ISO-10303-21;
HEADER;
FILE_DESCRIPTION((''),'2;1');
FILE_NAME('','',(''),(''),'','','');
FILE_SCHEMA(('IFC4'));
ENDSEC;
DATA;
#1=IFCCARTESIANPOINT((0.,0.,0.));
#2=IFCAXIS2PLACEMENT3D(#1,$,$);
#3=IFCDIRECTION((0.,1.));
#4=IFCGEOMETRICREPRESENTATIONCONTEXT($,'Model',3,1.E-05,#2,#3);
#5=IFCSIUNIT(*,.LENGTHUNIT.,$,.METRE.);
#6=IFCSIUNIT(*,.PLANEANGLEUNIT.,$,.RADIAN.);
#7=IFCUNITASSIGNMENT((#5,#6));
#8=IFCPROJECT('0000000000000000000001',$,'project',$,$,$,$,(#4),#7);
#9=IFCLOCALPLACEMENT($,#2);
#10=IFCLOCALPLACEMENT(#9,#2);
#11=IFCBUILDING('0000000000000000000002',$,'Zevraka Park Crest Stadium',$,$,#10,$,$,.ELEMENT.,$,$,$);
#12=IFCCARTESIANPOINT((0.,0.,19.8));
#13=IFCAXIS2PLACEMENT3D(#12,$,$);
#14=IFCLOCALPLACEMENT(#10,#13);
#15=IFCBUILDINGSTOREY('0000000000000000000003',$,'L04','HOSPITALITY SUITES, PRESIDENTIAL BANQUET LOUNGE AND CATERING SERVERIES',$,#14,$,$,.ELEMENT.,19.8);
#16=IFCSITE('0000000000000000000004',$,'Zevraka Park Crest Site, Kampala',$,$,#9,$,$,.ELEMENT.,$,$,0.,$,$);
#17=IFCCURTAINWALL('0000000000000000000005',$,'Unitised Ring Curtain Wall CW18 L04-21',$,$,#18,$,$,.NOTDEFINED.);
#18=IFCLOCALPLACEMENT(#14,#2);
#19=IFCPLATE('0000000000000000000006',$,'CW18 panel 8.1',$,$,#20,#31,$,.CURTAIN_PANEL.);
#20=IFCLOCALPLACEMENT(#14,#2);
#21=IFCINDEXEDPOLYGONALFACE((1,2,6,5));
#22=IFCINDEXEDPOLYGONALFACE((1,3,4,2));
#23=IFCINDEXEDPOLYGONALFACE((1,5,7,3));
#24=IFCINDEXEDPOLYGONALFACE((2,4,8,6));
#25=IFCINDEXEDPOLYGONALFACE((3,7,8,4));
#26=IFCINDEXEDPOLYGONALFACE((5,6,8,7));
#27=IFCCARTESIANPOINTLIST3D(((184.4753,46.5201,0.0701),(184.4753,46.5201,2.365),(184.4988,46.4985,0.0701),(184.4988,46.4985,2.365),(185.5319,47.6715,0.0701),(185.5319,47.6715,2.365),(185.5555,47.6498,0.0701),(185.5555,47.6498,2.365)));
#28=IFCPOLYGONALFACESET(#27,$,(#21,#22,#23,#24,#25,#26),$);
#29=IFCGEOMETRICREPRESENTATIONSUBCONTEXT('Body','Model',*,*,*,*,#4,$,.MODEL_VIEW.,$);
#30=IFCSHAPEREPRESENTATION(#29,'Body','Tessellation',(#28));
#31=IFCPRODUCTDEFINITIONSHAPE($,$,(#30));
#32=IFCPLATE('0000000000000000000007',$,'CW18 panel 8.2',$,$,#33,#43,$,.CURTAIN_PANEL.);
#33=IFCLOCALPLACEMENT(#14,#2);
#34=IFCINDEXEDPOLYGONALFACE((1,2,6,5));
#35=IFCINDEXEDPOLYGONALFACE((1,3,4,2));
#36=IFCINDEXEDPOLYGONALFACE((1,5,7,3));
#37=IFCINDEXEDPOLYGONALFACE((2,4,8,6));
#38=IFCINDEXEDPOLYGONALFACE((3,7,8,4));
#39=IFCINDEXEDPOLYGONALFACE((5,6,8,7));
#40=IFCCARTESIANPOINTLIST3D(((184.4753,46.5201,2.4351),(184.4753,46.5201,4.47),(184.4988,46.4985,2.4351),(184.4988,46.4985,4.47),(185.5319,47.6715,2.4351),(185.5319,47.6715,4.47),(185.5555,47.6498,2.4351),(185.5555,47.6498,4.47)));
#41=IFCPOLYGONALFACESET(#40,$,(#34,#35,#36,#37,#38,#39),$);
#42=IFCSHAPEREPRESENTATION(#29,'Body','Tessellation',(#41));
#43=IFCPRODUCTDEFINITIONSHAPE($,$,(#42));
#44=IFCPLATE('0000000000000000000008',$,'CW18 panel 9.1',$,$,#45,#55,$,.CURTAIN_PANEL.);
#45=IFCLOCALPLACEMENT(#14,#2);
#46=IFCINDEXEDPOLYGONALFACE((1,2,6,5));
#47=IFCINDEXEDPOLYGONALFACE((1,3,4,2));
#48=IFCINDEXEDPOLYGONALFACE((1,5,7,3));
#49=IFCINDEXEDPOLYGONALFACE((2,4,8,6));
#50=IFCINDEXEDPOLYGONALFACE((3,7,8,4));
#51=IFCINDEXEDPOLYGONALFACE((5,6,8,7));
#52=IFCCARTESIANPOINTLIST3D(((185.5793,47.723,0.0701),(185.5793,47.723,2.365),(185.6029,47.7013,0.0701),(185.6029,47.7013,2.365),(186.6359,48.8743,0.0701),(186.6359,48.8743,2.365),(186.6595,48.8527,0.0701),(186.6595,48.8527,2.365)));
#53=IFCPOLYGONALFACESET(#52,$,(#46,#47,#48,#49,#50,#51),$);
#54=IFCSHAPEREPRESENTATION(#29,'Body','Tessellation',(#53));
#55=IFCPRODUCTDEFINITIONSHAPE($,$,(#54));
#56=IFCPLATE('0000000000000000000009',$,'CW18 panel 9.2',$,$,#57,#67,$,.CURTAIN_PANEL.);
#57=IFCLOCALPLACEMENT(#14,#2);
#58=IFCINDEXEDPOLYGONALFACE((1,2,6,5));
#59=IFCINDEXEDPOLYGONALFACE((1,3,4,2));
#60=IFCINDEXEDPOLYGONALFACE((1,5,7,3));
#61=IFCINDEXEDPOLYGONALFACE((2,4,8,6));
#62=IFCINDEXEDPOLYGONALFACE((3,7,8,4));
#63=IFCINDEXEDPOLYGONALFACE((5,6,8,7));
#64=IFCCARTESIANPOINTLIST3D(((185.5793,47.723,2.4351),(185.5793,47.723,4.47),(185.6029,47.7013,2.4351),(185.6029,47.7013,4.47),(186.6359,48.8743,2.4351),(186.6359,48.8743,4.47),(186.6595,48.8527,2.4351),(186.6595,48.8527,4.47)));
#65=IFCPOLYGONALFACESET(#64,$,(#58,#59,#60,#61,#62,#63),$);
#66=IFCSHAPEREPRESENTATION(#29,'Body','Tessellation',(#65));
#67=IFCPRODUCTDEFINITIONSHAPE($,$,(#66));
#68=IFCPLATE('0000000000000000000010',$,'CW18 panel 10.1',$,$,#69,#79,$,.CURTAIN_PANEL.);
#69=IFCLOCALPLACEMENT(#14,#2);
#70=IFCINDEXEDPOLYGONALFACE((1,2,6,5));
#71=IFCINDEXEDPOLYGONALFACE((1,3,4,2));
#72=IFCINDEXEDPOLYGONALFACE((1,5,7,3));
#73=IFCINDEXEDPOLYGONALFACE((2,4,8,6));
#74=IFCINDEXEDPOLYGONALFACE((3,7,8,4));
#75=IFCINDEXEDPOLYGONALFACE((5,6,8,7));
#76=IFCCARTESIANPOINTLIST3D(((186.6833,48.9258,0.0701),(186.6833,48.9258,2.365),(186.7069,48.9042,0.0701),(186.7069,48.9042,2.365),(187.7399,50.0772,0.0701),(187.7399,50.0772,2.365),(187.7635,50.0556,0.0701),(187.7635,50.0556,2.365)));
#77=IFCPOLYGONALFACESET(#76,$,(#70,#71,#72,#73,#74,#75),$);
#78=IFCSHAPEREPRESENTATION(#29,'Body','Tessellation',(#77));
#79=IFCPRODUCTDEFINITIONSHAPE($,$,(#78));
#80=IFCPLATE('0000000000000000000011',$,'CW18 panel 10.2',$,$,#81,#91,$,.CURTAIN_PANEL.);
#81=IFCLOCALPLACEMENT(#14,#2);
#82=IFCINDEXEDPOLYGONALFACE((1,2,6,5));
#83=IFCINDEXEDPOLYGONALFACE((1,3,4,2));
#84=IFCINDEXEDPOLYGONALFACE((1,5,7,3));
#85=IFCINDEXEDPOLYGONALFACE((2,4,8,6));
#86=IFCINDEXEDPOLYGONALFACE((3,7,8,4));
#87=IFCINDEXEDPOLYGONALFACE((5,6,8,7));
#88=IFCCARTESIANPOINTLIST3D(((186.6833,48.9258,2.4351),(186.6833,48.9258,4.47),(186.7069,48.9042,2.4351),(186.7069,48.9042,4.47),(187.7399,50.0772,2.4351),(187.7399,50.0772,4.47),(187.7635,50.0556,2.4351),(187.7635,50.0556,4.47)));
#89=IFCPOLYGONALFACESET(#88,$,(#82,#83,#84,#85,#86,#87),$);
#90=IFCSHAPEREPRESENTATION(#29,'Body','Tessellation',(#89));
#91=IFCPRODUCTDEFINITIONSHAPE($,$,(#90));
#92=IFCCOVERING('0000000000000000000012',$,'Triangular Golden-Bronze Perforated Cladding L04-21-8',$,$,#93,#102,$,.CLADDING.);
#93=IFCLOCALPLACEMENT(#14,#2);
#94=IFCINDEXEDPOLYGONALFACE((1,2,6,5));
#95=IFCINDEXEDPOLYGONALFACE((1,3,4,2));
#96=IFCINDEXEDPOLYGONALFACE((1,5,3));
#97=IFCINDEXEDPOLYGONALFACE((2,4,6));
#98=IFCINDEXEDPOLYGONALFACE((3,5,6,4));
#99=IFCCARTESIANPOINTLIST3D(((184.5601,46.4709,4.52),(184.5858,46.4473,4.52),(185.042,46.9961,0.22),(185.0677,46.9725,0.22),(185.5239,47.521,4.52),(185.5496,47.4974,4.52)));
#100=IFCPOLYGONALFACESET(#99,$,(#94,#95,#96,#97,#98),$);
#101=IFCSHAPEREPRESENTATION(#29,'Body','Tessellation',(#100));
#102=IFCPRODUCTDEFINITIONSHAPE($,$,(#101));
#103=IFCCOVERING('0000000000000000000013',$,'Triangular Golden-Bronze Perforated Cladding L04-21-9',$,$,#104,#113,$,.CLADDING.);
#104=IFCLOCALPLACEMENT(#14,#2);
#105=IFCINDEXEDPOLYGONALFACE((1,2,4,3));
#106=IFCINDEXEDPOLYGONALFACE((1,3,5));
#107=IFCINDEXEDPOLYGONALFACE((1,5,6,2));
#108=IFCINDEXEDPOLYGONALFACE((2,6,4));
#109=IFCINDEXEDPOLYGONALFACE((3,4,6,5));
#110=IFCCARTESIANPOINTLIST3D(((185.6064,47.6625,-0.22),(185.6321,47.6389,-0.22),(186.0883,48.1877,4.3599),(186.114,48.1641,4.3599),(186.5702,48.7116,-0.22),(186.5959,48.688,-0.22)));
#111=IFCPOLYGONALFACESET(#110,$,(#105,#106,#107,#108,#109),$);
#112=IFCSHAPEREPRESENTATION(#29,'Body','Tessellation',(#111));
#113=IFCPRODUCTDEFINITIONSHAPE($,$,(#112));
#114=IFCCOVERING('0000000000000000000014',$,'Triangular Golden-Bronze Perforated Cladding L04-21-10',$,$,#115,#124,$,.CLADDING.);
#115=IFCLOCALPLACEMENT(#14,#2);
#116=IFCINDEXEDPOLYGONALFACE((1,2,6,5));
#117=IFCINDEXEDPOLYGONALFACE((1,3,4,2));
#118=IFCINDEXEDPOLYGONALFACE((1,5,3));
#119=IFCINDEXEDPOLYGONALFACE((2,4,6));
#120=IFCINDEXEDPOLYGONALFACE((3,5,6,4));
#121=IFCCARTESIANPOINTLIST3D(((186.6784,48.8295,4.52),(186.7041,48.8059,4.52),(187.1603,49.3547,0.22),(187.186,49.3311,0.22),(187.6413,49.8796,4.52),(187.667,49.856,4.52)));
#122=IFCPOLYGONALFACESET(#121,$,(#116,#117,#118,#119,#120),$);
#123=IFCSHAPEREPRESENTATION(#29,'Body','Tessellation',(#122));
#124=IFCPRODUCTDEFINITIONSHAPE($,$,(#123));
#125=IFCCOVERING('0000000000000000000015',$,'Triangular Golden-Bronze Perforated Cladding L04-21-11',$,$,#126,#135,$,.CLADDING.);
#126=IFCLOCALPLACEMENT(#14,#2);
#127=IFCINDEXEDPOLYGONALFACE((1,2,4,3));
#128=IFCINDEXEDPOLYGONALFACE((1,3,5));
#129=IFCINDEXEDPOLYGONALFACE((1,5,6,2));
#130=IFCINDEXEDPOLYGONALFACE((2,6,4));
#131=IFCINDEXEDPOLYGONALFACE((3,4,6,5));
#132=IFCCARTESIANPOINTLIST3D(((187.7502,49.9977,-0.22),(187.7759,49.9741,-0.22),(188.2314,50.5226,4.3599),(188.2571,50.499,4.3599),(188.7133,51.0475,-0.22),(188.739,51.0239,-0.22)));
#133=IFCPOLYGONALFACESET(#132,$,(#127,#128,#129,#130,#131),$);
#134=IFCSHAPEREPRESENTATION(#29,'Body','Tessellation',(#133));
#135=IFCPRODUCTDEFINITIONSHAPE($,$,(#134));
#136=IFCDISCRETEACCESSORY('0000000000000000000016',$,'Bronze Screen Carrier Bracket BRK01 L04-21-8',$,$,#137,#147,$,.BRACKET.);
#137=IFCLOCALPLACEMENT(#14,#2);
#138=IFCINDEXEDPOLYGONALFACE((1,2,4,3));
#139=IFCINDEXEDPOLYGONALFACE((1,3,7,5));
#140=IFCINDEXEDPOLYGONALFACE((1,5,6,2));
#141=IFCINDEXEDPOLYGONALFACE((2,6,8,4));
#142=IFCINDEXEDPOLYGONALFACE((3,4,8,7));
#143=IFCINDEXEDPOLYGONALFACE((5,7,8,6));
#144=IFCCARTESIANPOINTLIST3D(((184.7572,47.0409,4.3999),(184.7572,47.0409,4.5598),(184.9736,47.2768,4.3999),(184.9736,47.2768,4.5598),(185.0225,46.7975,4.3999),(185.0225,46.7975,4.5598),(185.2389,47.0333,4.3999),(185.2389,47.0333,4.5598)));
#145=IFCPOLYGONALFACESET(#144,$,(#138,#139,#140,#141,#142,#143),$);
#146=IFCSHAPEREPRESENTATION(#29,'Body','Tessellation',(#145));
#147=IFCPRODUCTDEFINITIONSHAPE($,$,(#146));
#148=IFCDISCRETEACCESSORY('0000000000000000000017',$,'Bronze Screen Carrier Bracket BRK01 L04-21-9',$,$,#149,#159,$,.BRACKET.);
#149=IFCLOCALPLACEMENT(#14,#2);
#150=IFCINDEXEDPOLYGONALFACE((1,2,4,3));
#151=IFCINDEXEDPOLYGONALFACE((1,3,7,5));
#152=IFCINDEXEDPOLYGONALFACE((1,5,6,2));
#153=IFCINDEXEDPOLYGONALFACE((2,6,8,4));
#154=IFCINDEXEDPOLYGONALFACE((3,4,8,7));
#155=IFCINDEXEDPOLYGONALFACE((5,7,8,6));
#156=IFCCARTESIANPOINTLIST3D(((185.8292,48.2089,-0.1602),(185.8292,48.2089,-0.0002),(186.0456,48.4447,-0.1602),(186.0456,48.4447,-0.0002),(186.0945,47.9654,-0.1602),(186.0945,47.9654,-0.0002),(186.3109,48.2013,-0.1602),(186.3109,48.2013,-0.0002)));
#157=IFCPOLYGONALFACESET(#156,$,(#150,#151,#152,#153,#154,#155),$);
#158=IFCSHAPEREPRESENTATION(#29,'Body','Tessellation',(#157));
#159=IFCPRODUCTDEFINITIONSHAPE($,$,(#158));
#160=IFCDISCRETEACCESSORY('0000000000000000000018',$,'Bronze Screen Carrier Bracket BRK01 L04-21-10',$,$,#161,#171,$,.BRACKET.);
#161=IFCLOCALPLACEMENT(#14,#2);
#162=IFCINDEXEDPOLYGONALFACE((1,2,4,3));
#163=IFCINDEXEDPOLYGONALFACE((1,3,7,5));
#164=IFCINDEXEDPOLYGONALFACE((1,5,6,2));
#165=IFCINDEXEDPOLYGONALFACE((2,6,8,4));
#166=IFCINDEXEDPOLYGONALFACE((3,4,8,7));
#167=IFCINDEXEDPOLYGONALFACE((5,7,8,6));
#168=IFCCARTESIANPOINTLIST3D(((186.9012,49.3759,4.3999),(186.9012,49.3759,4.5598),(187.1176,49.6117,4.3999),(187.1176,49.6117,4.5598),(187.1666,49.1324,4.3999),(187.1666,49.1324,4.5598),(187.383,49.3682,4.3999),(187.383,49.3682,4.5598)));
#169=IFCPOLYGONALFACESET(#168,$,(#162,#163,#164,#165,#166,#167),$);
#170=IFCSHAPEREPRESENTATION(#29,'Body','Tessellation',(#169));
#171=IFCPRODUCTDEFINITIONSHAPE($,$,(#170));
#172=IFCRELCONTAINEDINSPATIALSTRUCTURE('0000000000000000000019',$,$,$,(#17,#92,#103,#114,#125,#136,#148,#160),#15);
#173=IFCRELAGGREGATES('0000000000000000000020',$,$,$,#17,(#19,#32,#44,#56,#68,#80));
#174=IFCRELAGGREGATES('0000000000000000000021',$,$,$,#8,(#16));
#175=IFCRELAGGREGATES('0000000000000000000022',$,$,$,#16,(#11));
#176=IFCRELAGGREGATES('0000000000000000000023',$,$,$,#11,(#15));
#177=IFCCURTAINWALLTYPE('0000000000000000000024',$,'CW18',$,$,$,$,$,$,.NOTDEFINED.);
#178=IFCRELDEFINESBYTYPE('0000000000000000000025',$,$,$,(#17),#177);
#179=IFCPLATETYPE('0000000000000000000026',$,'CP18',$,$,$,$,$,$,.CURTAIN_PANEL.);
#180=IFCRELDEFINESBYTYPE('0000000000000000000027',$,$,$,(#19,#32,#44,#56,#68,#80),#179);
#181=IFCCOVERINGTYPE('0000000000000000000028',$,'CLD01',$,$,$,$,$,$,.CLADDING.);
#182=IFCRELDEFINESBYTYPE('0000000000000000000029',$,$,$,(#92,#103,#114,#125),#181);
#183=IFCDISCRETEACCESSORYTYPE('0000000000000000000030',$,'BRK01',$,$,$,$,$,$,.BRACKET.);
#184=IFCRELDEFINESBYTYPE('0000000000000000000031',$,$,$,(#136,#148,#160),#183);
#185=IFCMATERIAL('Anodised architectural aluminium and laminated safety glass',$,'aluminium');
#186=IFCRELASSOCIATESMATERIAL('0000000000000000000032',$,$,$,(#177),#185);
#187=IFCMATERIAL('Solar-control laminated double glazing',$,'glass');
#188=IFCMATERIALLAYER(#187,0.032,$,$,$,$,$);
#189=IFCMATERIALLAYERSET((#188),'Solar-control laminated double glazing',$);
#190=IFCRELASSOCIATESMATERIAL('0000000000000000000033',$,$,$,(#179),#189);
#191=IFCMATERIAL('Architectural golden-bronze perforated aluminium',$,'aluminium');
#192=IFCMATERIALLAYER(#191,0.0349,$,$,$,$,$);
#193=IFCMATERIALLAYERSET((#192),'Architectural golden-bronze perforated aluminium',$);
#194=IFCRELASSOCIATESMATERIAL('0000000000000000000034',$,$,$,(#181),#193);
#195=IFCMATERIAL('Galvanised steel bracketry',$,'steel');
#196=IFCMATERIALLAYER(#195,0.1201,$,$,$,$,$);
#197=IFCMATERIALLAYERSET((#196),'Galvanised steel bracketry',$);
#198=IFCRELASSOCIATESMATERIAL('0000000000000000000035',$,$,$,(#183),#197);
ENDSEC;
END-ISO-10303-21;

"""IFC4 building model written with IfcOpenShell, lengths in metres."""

from ifc_helpers import new_model, si_unit, direction, frame, origin, origin_2d, place, context, subcontext, project, spatial, polyline, rectangle, outline, extrude, material, layer, layer_set, type_object, element, aggregate, save


model = new_model("IFC4")

# Units and contexts
model_context = context("Model", 3, precision=1e-05, world=origin(), true_north=direction((0.0, 1.0)))
body_context = subcontext(model_context, "Body", "Model", "MODEL_VIEW")
ifc_project = project(units=[si_unit("LENGTHUNIT", "METRE"), si_unit("PLANEANGLEUNIT", "RADIAN")], contexts=[model_context])

# Site, building, storey
site_placement = place(None, origin())
site = spatial("IfcSite", under=ifc_project, at=site_placement, Name="Zevraka Park Crest Site, Kampala", CompositionType="ELEMENT", RefElevation=0.0)
building_placement = place(site_placement, origin())
building = spatial("IfcBuilding", under=site, at=building_placement, Name="Zevraka Park Crest Stadium", CompositionType="ELEMENT")
storey_placement = place(building_placement, frame((0.0, 0.0, 19.8)))
storey = spatial("IfcBuildingStorey", under=building, at=storey_placement, Name="L04", Description="HOSPITALITY SUITES, PRESIDENTIAL BANQUET LOUNGE AND CATERING SERVERIES", CompositionType="ELEMENT", Elevation=19.8)

# Curtain wall, plates
ifc_material_1 = material(Name="Anodised architectural aluminium and laminated safety glass", Category="aluminium")
curtain_wall_type = type_object("IfcCurtainWallType", Name="CW18", PredefinedType="NOTDEFINED", material=ifc_material_1)
curtain_wall_placement = place(storey_placement, origin())
curtain_wall = element("IfcCurtainWall", 1, at=curtain_wall_placement, inside=storey, type_object=curtain_wall_type, Name="Unitised Ring Curtain Wall CW18 L04-21", PredefinedType="NOTDEFINED")
ifc_material_2 = material(Name="Solar-control laminated double glazing", Category="glass")
ifc_layer_1 = layer(ifc_material_2, 0.032)
ifc_layer_set_1 = layer_set([ifc_layer_1], Name="Solar-control laminated double glazing")
plate_type = type_object("IfcPlateType", Name="CP18", PredefinedType="CURTAIN_PANEL", material=ifc_layer_set_1)
plate_1_placement = place(storey_placement, frame((185.0154, 47.085, 0.0701), z_axis=(0.0, 0.0, 1.0), x_axis=(0.676138, 0.736775, 0.0)))
plate_1 = element("IfcPlate", 2, at=plate_1_placement, type_object=plate_type, Name="CW18 panel 8.1", PredefinedType="CURTAIN_PANEL", context=body_context, shape_type="SweptSolid", body=[
    extrude(rectangle(XDim=1.5627, YDim=0.032, at=origin_2d()), origin(), (0.0, 0.0, 1.0), 2.2949),
])
plate_2_placement = place(storey_placement, frame((185.0154, 47.085, 2.4351), z_axis=(0.0, 0.0, 1.0), x_axis=(0.676138, 0.736775, 0.0)))
plate_2 = element("IfcPlate", 3, at=plate_2_placement, type_object=plate_type, Name="CW18 panel 8.2", PredefinedType="CURTAIN_PANEL", context=body_context, shape_type="SweptSolid", body=[
    extrude(rectangle(XDim=1.5627, YDim=0.032, at=origin_2d()), origin(), (0.0, 0.0, 1.0), 2.0349),
])
plate_3_placement = place(storey_placement, frame((186.1194, 48.2878, 0.0701), z_axis=(0.0, 0.0, 1.0), x_axis=(0.676138, 0.736775, 0.0)))
plate_3 = element("IfcPlate", 4, at=plate_3_placement, type_object=plate_type, Name="CW18 panel 9.1", PredefinedType="CURTAIN_PANEL", context=body_context, shape_type="SweptSolid", body=[
    extrude(rectangle(XDim=1.5627, YDim=0.032, at=origin_2d()), origin(), (0.0, 0.0, 1.0), 2.2949),
])
plate_4_placement = place(storey_placement, frame((186.1194, 48.2878, 2.4351), z_axis=(0.0, 0.0, 1.0), x_axis=(0.676138, 0.736775, 0.0)))
plate_4 = element("IfcPlate", 5, at=plate_4_placement, type_object=plate_type, Name="CW18 panel 9.2", PredefinedType="CURTAIN_PANEL", context=body_context, shape_type="SweptSolid", body=[
    extrude(rectangle(XDim=1.5627, YDim=0.032, at=origin_2d()), origin(), (0.0, 0.0, 1.0), 2.0349),
])
plate_5_placement = place(storey_placement, frame((187.2234, 49.4907, 0.0701), z_axis=(0.0, 0.0, 1.0), x_axis=(0.676138, 0.736775, 0.0)))
plate_5 = element("IfcPlate", 6, at=plate_5_placement, type_object=plate_type, Name="CW18 panel 10.1", PredefinedType="CURTAIN_PANEL", context=body_context, shape_type="SweptSolid", body=[
    extrude(rectangle(XDim=1.5627, YDim=0.032, at=origin_2d()), origin(), (0.0, 0.0, 1.0), 2.2949),
])
plate_6_placement = place(storey_placement, frame((187.2234, 49.4907, 2.4351), z_axis=(0.0, 0.0, 1.0), x_axis=(0.676138, 0.736775, 0.0)))
plate_6 = element("IfcPlate", 7, at=plate_6_placement, type_object=plate_type, Name="CW18 panel 10.2", PredefinedType="CURTAIN_PANEL", context=body_context, shape_type="SweptSolid", body=[
    extrude(rectangle(XDim=1.5627, YDim=0.032, at=origin_2d()), origin(), (0.0, 0.0, 1.0), 2.0349),
])
aggregate(curtain_wall, [plate_1, plate_2, plate_3, plate_4, plate_5, plate_6])

# Coverings
ifc_material_3 = material(Name="Architectural golden-bronze perforated aluminium", Category="aluminium")
ifc_layer_2 = layer(ifc_material_3, 0.0349)
ifc_layer_set_2 = layer_set([ifc_layer_2], Name="Architectural golden-bronze perforated aluminium")
covering_type = type_object("IfcCoveringType", Name="CLD01", PredefinedType="CLADDING", material=ifc_layer_set_2)
covering_1_placement = place(storey_placement, frame((185.5239, 47.521, 4.52), z_axis=(-0.736692, 0.676229, 0.000019), x_axis=(-0.676229, -0.736692, 0.0)))
element("IfcCovering", 8, at=covering_1_placement, inside=storey, type_object=covering_type, Name="Triangular Golden-Bronze Perforated Cladding L04-21-8", PredefinedType="CLADDING", context=body_context, shape_type="SweptSolid", body=[
    extrude(outline(polyline([(0.0, 0.0), (1.4254, 0.0), (0.7126, -4.3), (0.0, 0.0)])), origin(), (0.0, 0.0, -1.0), 0.0349),
])
covering_2_placement = place(storey_placement, frame((185.6321, 47.6389, -0.22), z_axis=(0.736378, -0.67657, 0.00009), x_axis=(0.67657, 0.736378, 0.0)))
element("IfcCovering", 9, at=covering_2_placement, inside=storey, type_object=covering_type, Name="Triangular Golden-Bronze Perforated Cladding L04-21-9", PredefinedType="CLADDING", context=body_context, shape_type="SweptSolid", body=[
    extrude(outline(polyline([(0.0, 0.0), (1.4246, 0.0), (0.7128, 4.5798), (0.0, 0.0)])), origin(), (0.0, 0.0, -1.0), 0.0349),
])
covering_3_placement = place(storey_placement, frame((187.667, 49.856, 4.52), z_axis=(0.737033, -0.675857, 0.000065), x_axis=(-0.675857, -0.737033, 0.0)))
element("IfcCovering", 10, at=covering_3_placement, inside=storey, type_object=covering_type, Name="Triangular Golden-Bronze Perforated Cladding L04-21-10", PredefinedType="CLADDING", context=body_context, shape_type="SweptSolid", body=[
    extrude(outline(polyline([(0.0, 0.0), (1.4247, 0.0), (0.7119, 4.3), (0.0, 0.0)])), origin(), (0.0, 0.0, -1.0), 0.0349),
])
covering_4_placement = place(storey_placement, frame((187.7759, 49.9741, -0.22), z_axis=(0.73687, -0.676035, 0.000059), x_axis=(0.676035, 0.73687, 0.0)))
element("IfcCovering", 11, at=covering_4_placement, inside=storey, type_object=covering_type, Name="Triangular Golden-Bronze Perforated Cladding L04-21-11", PredefinedType="CLADDING", context=body_context, shape_type="SweptSolid", body=[
    extrude(outline(polyline([(0.0, 0.0), (1.4247, 0.0), (0.7121, 4.5798), (0.0, 0.0)])), origin(), (0.0, 0.0, -1.0), 0.0349),
])

# Discrete accessories
ifc_material_4 = material(Name="Galvanised steel bracketry", Category="steel")
ifc_layer_3 = layer(ifc_material_4, 0.1201)
ifc_layer_set_3 = layer_set([ifc_layer_3], Name="Galvanised steel bracketry")
discrete_accessory_type = type_object("IfcDiscreteAccessoryType", Name="BRK01", PredefinedType="BRACKET", material=ifc_layer_set_3)
for number, where, z_axis, x_axis, name in (
    (12, (184.998, 47.0371, 4.3999), (0.0, 0.0, 1.0), (0.676105, 0.736806, 0.0), "Bronze Screen Carrier Bracket BRK01 L04-21-8"),
    (13, (186.0701, 48.2051, -0.1602), (0.0, 0.0, 1.0), (0.676105, 0.736806, 0.0), "Bronze Screen Carrier Bracket BRK01 L04-21-9"),
    (14, (187.1421, 49.3721, 4.3999), (0.0, 0.0, 1.0), (0.676105, 0.736806, 0.0), "Bronze Screen Carrier Bracket BRK01 L04-21-10"),
):
    element("IfcDiscreteAccessory", number, at=place(storey_placement, frame(where, z_axis=z_axis, x_axis=x_axis)), inside=storey, type_object=discrete_accessory_type, Name=name, PredefinedType="BRACKET", context=body_context, shape_type="SweptSolid", body=[
        extrude(rectangle(XDim=0.3201, YDim=0.3601, at=origin_2d()), origin(), (0.0, 0.0, 1.0), 0.1599),
    ])

save(model, "model.ifc")
